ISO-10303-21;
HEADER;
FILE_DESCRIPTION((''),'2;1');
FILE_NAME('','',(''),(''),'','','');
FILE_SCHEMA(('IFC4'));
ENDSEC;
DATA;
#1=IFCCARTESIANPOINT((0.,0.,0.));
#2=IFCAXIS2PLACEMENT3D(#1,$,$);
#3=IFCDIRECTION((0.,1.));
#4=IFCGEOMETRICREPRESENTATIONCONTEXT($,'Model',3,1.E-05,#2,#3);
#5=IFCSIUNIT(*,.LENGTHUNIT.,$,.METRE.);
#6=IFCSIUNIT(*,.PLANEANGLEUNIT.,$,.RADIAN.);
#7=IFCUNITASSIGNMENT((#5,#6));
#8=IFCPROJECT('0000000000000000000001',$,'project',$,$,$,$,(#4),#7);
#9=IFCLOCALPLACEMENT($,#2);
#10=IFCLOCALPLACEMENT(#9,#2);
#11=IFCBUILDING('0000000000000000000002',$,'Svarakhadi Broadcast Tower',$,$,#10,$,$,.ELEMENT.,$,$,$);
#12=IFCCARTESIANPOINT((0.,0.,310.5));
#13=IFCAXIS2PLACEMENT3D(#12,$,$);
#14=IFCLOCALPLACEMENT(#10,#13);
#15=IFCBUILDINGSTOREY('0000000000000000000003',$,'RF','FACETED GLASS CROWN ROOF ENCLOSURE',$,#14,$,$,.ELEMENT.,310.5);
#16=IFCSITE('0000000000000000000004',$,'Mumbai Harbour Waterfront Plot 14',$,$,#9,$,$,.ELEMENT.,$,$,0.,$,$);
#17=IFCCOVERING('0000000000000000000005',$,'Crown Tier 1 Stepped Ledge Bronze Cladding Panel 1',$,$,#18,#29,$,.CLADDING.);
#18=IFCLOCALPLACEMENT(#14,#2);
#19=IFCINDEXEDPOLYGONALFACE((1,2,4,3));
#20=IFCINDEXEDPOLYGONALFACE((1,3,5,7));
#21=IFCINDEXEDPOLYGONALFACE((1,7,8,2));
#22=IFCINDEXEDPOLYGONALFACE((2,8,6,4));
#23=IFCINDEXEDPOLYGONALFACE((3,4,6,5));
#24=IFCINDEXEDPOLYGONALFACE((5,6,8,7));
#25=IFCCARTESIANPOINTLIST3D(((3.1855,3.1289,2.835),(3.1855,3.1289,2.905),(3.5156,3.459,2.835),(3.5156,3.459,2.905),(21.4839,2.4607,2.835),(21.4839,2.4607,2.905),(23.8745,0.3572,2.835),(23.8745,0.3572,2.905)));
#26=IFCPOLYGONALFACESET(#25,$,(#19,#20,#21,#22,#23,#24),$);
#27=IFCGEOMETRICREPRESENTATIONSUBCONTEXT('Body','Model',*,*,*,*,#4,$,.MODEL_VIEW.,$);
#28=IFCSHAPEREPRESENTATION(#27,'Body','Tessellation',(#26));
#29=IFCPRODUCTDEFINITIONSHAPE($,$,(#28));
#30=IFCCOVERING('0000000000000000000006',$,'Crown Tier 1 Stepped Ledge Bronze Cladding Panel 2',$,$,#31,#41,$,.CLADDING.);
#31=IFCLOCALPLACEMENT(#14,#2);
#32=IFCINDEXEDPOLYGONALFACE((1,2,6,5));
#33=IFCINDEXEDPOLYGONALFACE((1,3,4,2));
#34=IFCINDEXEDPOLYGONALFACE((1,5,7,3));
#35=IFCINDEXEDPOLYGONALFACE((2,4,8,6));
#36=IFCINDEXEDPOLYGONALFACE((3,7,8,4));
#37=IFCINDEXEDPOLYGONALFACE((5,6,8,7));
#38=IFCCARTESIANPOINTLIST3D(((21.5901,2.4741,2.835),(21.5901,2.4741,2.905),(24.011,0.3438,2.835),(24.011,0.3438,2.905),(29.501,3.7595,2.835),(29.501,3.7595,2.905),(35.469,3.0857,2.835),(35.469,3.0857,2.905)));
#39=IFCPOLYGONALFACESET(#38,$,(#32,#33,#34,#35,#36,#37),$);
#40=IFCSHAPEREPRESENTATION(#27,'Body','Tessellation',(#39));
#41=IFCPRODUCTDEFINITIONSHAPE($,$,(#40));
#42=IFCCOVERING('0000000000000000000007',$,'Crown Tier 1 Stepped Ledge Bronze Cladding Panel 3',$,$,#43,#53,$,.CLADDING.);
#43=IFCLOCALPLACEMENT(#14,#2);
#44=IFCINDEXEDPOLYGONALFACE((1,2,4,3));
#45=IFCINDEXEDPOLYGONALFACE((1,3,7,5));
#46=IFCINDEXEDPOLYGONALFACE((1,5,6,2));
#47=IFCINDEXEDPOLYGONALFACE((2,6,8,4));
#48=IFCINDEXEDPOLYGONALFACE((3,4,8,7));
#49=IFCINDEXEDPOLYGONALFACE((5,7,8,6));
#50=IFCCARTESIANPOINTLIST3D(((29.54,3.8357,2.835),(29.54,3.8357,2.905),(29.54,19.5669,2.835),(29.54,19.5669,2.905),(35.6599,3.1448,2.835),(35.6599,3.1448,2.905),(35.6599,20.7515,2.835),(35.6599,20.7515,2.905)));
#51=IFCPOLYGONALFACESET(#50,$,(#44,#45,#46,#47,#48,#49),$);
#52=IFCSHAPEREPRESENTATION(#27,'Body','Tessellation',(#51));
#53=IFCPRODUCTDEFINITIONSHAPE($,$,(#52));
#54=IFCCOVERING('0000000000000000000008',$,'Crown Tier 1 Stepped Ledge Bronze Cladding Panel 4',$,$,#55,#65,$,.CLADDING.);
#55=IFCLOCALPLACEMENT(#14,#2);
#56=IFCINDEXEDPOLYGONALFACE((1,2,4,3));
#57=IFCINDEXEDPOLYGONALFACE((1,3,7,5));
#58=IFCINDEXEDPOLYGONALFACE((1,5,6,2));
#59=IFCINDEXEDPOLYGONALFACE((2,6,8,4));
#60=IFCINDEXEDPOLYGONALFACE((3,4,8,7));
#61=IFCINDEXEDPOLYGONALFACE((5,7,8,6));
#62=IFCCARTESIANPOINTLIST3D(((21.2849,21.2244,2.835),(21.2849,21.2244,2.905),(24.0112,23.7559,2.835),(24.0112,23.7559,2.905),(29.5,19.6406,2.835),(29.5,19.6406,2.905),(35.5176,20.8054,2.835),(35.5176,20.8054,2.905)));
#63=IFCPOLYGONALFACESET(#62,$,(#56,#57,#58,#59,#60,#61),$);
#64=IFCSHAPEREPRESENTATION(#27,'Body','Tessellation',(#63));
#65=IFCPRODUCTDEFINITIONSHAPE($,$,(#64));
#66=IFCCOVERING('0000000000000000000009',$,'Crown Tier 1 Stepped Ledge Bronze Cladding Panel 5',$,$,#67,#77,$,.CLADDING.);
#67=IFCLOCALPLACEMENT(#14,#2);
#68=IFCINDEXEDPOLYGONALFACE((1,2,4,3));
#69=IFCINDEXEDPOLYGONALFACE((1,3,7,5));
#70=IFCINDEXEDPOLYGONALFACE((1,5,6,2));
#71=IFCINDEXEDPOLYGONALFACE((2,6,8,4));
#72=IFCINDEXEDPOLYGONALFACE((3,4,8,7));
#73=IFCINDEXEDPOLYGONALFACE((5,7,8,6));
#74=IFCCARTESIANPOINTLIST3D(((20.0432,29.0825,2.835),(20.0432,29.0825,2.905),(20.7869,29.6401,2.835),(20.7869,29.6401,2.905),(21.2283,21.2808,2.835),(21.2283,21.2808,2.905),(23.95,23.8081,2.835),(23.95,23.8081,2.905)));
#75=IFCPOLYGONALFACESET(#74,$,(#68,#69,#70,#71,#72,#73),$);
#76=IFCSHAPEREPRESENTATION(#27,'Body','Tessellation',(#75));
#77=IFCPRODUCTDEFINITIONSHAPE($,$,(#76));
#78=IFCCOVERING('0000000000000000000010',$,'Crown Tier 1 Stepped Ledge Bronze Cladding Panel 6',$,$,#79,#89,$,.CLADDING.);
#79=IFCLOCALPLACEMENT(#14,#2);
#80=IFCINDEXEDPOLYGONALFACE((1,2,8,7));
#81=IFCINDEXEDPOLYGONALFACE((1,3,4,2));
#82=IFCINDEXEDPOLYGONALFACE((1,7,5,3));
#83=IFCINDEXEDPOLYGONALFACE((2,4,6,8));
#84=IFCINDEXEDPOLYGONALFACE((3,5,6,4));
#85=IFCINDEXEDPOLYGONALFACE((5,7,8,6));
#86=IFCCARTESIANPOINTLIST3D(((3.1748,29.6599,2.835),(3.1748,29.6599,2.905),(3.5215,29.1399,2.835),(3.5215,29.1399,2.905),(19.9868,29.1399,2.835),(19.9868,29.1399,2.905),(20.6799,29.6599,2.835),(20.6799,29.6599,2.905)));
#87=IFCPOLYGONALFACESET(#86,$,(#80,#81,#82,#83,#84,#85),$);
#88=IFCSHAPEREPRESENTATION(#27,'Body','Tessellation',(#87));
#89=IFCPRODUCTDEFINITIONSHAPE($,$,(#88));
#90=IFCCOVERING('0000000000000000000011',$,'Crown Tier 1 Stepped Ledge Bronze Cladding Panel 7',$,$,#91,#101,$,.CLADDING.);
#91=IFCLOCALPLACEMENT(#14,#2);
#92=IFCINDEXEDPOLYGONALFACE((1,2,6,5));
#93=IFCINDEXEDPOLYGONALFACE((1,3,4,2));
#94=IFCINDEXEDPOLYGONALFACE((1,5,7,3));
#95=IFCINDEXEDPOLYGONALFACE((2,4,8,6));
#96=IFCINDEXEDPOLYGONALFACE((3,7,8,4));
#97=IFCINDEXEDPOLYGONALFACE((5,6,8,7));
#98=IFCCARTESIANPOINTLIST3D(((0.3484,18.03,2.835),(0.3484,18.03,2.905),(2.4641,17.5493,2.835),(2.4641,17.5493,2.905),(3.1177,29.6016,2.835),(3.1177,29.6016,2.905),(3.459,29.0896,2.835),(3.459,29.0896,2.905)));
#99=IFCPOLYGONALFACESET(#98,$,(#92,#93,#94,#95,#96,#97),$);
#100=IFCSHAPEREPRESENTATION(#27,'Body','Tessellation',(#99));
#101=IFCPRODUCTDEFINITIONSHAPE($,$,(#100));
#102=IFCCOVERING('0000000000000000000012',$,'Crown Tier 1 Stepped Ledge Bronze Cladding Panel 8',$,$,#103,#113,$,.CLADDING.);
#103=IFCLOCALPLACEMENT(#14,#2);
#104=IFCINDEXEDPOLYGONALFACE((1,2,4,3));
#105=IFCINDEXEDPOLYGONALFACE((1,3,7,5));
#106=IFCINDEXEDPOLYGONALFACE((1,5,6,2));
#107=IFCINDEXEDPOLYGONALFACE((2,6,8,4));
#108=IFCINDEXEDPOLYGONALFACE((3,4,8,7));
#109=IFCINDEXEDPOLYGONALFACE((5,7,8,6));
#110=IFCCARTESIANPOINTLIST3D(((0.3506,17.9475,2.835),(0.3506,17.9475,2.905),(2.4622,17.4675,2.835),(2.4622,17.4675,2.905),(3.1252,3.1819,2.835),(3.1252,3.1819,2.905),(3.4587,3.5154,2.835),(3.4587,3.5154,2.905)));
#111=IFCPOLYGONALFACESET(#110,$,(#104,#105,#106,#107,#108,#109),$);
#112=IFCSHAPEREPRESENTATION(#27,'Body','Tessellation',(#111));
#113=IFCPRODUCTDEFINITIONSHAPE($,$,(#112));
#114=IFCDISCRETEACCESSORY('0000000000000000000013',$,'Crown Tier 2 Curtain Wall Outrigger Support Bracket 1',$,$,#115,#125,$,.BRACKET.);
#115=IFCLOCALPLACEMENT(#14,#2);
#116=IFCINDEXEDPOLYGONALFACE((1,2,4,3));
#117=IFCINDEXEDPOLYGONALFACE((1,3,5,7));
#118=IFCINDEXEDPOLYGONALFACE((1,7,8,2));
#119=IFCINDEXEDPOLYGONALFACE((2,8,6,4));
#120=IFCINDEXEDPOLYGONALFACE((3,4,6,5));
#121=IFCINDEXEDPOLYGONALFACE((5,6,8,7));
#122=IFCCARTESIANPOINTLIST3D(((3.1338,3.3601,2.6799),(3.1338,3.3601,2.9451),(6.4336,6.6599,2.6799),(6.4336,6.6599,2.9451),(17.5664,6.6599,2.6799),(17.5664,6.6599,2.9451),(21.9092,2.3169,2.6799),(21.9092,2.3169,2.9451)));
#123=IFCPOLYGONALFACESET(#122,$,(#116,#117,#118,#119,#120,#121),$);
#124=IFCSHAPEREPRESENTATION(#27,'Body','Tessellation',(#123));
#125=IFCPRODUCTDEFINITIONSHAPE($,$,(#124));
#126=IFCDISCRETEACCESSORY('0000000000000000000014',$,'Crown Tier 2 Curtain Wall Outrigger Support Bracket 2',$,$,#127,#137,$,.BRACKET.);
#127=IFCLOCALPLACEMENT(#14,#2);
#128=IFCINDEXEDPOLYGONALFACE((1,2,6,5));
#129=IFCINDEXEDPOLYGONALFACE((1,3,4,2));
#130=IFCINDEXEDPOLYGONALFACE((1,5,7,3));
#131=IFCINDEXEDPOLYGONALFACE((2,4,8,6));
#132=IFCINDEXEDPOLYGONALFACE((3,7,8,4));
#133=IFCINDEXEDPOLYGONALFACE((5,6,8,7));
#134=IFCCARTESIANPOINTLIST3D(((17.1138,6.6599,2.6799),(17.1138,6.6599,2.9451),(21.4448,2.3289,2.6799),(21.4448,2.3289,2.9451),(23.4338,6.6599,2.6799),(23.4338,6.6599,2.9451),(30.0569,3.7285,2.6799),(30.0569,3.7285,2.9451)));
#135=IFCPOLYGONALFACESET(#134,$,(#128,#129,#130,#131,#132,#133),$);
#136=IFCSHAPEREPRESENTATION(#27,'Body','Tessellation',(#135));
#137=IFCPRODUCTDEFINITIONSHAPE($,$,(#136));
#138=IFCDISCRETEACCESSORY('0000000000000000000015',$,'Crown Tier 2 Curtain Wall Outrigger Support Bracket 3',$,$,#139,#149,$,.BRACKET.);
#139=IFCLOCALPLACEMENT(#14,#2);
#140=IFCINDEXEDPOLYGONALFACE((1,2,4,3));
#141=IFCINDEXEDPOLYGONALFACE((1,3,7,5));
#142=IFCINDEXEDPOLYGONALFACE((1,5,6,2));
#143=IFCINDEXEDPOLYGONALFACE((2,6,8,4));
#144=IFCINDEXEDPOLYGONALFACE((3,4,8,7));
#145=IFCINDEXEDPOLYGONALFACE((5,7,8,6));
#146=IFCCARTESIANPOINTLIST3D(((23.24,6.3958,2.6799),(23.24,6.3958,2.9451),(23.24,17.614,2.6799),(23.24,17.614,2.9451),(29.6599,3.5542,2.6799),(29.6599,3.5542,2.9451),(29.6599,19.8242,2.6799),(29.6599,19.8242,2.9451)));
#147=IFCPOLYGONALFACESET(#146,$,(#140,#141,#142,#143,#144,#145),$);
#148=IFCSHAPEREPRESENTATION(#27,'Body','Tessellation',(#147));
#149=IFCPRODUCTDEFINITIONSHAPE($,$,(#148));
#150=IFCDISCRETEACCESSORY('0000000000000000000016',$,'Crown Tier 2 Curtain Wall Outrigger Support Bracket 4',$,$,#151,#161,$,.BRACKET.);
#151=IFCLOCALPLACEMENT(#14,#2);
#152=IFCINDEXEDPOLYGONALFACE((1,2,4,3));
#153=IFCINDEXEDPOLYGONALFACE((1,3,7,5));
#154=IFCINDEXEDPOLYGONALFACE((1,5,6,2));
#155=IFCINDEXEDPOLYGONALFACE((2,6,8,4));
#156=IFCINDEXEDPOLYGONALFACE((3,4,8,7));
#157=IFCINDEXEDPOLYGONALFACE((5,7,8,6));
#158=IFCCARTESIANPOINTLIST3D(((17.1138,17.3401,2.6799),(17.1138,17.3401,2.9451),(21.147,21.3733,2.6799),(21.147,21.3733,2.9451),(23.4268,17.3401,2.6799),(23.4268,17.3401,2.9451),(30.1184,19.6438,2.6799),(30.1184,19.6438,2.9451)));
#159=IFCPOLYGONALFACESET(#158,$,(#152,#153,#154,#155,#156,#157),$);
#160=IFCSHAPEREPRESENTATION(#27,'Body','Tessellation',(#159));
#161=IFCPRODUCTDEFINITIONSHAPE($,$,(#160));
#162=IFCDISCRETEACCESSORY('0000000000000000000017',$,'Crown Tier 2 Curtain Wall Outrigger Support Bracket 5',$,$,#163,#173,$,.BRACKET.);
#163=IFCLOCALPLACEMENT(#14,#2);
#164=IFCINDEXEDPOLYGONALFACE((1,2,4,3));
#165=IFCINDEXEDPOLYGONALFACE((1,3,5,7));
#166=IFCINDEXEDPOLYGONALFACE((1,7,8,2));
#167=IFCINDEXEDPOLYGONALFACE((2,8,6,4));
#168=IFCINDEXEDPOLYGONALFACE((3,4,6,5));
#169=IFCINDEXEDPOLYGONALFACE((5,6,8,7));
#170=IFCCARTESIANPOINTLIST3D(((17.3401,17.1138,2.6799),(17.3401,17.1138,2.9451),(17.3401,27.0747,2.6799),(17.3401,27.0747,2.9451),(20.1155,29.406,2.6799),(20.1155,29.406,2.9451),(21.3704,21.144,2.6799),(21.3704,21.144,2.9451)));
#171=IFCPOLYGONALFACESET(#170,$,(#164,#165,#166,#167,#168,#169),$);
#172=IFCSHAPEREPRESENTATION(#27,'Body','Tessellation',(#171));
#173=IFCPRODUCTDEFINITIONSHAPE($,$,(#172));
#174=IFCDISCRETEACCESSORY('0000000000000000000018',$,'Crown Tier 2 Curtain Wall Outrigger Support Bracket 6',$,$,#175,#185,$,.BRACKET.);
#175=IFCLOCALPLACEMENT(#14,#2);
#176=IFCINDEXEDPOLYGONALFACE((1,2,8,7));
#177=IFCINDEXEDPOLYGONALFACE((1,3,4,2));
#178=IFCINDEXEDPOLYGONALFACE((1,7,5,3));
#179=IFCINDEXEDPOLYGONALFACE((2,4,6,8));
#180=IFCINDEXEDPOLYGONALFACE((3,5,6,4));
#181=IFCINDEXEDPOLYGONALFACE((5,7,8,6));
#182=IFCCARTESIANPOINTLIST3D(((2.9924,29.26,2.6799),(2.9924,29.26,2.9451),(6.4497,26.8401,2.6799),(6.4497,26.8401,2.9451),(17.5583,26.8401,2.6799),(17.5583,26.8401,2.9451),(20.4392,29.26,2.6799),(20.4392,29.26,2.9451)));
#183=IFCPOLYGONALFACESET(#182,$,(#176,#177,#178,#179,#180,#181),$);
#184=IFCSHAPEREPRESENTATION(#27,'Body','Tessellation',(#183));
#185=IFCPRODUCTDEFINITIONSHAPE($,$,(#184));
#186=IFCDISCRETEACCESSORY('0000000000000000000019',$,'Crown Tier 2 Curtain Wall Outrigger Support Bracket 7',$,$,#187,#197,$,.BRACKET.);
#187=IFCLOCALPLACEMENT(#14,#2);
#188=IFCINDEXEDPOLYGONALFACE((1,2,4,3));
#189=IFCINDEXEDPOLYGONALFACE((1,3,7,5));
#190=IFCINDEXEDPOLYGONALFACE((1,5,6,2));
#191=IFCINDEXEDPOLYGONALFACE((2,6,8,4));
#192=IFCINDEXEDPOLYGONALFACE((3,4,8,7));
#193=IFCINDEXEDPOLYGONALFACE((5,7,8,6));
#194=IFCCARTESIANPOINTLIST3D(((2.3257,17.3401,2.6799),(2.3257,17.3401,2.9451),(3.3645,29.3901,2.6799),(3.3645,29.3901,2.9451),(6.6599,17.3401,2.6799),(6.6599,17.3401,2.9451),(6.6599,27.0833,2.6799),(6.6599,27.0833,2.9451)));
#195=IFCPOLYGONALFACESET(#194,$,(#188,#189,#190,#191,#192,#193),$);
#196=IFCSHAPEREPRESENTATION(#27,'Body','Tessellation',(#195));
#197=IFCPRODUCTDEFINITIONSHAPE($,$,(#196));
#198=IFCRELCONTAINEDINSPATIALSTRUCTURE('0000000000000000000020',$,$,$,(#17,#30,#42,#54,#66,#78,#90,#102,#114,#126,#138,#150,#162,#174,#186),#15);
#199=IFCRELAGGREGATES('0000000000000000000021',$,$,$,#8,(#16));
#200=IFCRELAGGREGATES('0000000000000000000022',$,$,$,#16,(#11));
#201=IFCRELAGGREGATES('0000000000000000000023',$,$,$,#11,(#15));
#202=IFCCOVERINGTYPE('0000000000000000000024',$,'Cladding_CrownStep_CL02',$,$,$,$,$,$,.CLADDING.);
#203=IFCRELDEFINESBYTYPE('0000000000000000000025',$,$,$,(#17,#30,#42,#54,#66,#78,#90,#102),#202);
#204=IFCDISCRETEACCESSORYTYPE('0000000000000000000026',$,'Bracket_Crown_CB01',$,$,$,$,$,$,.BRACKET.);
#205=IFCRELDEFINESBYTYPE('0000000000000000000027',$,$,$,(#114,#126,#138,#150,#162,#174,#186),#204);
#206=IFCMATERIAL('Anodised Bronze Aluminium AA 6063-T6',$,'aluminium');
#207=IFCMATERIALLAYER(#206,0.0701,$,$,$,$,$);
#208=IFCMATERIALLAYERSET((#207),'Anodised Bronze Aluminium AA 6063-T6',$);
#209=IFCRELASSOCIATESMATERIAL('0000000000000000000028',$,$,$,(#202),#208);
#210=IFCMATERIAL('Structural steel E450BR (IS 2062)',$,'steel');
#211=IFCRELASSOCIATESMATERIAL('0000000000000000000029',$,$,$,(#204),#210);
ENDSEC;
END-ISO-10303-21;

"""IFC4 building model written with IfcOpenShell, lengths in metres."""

from ifc_helpers import new_model, si_unit, direction, frame, origin, place, context, subcontext, project, spatial, polyline, outline, extrude, material, layer, layer_set, type_object, element, save


model = new_model("IFC4")

# Units and contexts
model_context = context("Model", 3, precision=1e-05, world=origin(), true_north=direction((0.0, 1.0)))
body_context = subcontext(model_context, "Body", "Model", "MODEL_VIEW")
ifc_project = project(units=[si_unit("LENGTHUNIT", "METRE"), si_unit("PLANEANGLEUNIT", "RADIAN")], contexts=[model_context])

# Site, building, storey
site_placement = place(None, origin())
site = spatial("IfcSite", under=ifc_project, at=site_placement, Name="Mumbai Harbour Waterfront Plot 14", CompositionType="ELEMENT", RefElevation=0.0)
building_placement = place(site_placement, origin())
building = spatial("IfcBuilding", under=site, at=building_placement, Name="Svarakhadi Broadcast Tower", CompositionType="ELEMENT")
storey_placement = place(building_placement, frame((0.0, 0.0, 310.5)))
storey = spatial("IfcBuildingStorey", under=building, at=storey_placement, Name="RF", Description="FACETED GLASS CROWN ROOF ENCLOSURE", CompositionType="ELEMENT", Elevation=310.5)

# Shared definitions
ifc_material_1 = material(Name="Anodised Bronze Aluminium AA 6063-T6", Category="aluminium")

# Coverings
ifc_layer_1 = layer(ifc_material_1, 0.0701)
ifc_layer_set_1 = layer_set([ifc_layer_1], Name="Anodised Bronze Aluminium AA 6063-T6")
covering_type = type_object("IfcCoveringType", Name="Cladding_CrownStep_CL02", PredefinedType="CLADDING", material=ifc_layer_set_1)
covering_1_placement = place(storey_placement, frame((0.0, 0.0, 2.835)))
element("IfcCovering", 1, at=covering_1_placement, inside=storey, type_object=covering_type, Name="Crown Tier 1 Stepped Ledge Bronze Cladding Panel 1", PredefinedType="CLADDING", context=body_context, shape_type="SweptSolid", body=[
    extrude(outline(polyline([(3.1855, 3.1289), (3.5156, 3.459), (21.4839, 2.4607), (23.8745, 0.3572), (3.1855, 3.1289)])), origin(), (0.0, 0.0, 1.0), 0.0701),
])
covering_2_placement = place(storey_placement, frame((0.0, 0.0, 2.835)))
element("IfcCovering", 2, at=covering_2_placement, inside=storey, type_object=covering_type, Name="Crown Tier 1 Stepped Ledge Bronze Cladding Panel 2", PredefinedType="CLADDING", context=body_context, shape_type="SweptSolid", body=[
    extrude(outline(polyline([(24.011, 0.3438), (21.5901, 2.4741), (29.501, 3.7595), (35.469, 3.0857), (24.011, 0.3438)])), origin(), (0.0, 0.0, 1.0), 0.0701),
])
covering_3_placement = place(storey_placement, frame((0.0, 0.0, 2.835)))
element("IfcCovering", 3, at=covering_3_placement, inside=storey, type_object=covering_type, Name="Crown Tier 1 Stepped Ledge Bronze Cladding Panel 3", PredefinedType="CLADDING", context=body_context, shape_type="SweptSolid", body=[
    extrude(outline(polyline([(35.6599, 3.1448), (29.54, 3.8357), (29.54, 19.5669), (35.6599, 20.7515), (35.6599, 3.1448)])), origin(), (0.0, 0.0, 1.0), 0.0701),
])
covering_4_placement = place(storey_placement, frame((0.0, 0.0, 2.835)))
element("IfcCovering", 4, at=covering_4_placement, inside=storey, type_object=covering_type, Name="Crown Tier 1 Stepped Ledge Bronze Cladding Panel 4", PredefinedType="CLADDING", context=body_context, shape_type="SweptSolid", body=[
    extrude(outline(polyline([(35.5176, 20.8054), (29.5, 19.6406), (21.2849, 21.2244), (24.0112, 23.7559), (35.5176, 20.8054)])), origin(), (0.0, 0.0, 1.0), 0.0701),
])
covering_5_placement = place(storey_placement, frame((0.0, 0.0, 2.835)))
element("IfcCovering", 5, at=covering_5_placement, inside=storey, type_object=covering_type, Name="Crown Tier 1 Stepped Ledge Bronze Cladding Panel 5", PredefinedType="CLADDING", context=body_context, shape_type="SweptSolid", body=[
    extrude(outline(polyline([(23.95, 23.8081), (21.2283, 21.2808), (20.0432, 29.0825), (20.7869, 29.6401), (23.95, 23.8081)])), origin(), (0.0, 0.0, 1.0), 0.0701),
])
covering_6_placement = place(storey_placement, frame((0.0, 0.0, 2.835)))
element("IfcCovering", 6, at=covering_6_placement, inside=storey, type_object=covering_type, Name="Crown Tier 1 Stepped Ledge Bronze Cladding Panel 6", PredefinedType="CLADDING", context=body_context, shape_type="SweptSolid", body=[
    extrude(outline(polyline([(20.6799, 29.6599), (19.9868, 29.1399), (3.5215, 29.1399), (3.1748, 29.6599), (20.6799, 29.6599)])), origin(), (0.0, 0.0, 1.0), 0.0701),
])
covering_7_placement = place(storey_placement, frame((0.0, 0.0, 2.835)))
element("IfcCovering", 7, at=covering_7_placement, inside=storey, type_object=covering_type, Name="Crown Tier 1 Stepped Ledge Bronze Cladding Panel 7", PredefinedType="CLADDING", context=body_context, shape_type="SweptSolid", body=[
    extrude(outline(polyline([(3.1177, 29.6016), (3.459, 29.0896), (2.4641, 17.5493), (0.3484, 18.03), (3.1177, 29.6016)])), origin(), (0.0, 0.0, 1.0), 0.0701),
])
covering_8_placement = place(storey_placement, frame((0.0, 0.0, 2.835)))
element("IfcCovering", 8, at=covering_8_placement, inside=storey, type_object=covering_type, Name="Crown Tier 1 Stepped Ledge Bronze Cladding Panel 8", PredefinedType="CLADDING", context=body_context, shape_type="SweptSolid", body=[
    extrude(outline(polyline([(0.3506, 17.9475), (2.4622, 17.4675), (3.4587, 3.5154), (3.1252, 3.1819), (0.3506, 17.9475)])), origin(), (0.0, 0.0, 1.0), 0.0701),
])

# Discrete accessories
ifc_material_2 = material(Name="Structural steel E450BR (IS 2062)", Category="steel")
discrete_accessory_type = type_object("IfcDiscreteAccessoryType", Name="Bracket_Crown_CB01", PredefinedType="BRACKET", material=ifc_material_2)
discrete_accessory_1_placement = place(storey_placement, frame((0.0, 0.0, 2.6799)))
element("IfcDiscreteAccessory", 9, at=discrete_accessory_1_placement, inside=storey, type_object=discrete_accessory_type, Name="Crown Tier 2 Curtain Wall Outrigger Support Bracket 1", PredefinedType="BRACKET", context=body_context, shape_type="SweptSolid", body=[
    extrude(outline(polyline([(21.9092, 2.3169), (3.1338, 3.3601), (6.4336, 6.6599), (17.5664, 6.6599), (21.9092, 2.3169)])), origin(), (0.0, 0.0, 1.0), 0.2651),
])
discrete_accessory_2_placement = place(storey_placement, frame((0.0, 0.0, 2.6799)))
element("IfcDiscreteAccessory", 10, at=discrete_accessory_2_placement, inside=storey, type_object=discrete_accessory_type, Name="Crown Tier 2 Curtain Wall Outrigger Support Bracket 2", PredefinedType="BRACKET", context=body_context, shape_type="SweptSolid", body=[
    extrude(outline(polyline([(21.4448, 2.3289), (17.1138, 6.6599), (23.4338, 6.6599), (30.0569, 3.7285), (21.4448, 2.3289)])), origin(), (0.0, 0.0, 1.0), 0.2651),
])
discrete_accessory_3_placement = place(storey_placement, frame((0.0, 0.0, 2.6799)))
element("IfcDiscreteAccessory", 11, at=discrete_accessory_3_placement, inside=storey, type_object=discrete_accessory_type, Name="Crown Tier 2 Curtain Wall Outrigger Support Bracket 3", PredefinedType="BRACKET", context=body_context, shape_type="SweptSolid", body=[
    extrude(outline(polyline([(29.6599, 3.5542), (23.24, 6.3958), (23.24, 17.614), (29.6599, 19.8242), (29.6599, 3.5542)])), origin(), (0.0, 0.0, 1.0), 0.2651),
])
discrete_accessory_4_placement = place(storey_placement, frame((0.0, 0.0, 2.6799)))
element("IfcDiscreteAccessory", 12, at=discrete_accessory_4_placement, inside=storey, type_object=discrete_accessory_type, Name="Crown Tier 2 Curtain Wall Outrigger Support Bracket 4", PredefinedType="BRACKET", context=body_context, shape_type="SweptSolid", body=[
    extrude(outline(polyline([(17.1138, 17.3401), (21.147, 21.3733), (30.1184, 19.6438), (23.4268, 17.3401), (17.1138, 17.3401)])), origin(), (0.0, 0.0, 1.0), 0.2651),
])
discrete_accessory_5_placement = place(storey_placement, frame((0.0, 0.0, 2.6799)))
element("IfcDiscreteAccessory", 13, at=discrete_accessory_5_placement, inside=storey, type_object=discrete_accessory_type, Name="Crown Tier 2 Curtain Wall Outrigger Support Bracket 5", PredefinedType="BRACKET", context=body_context, shape_type="SweptSolid", body=[
    extrude(outline(polyline([(17.3401, 17.1138), (17.3401, 27.0747), (20.1155, 29.406), (21.3704, 21.144), (17.3401, 17.1138)])), origin(), (0.0, 0.0, 1.0), 0.2651),
])
discrete_accessory_6_placement = place(storey_placement, frame((0.0, 0.0, 2.6799)))
element("IfcDiscreteAccessory", 14, at=discrete_accessory_6_placement, inside=storey, type_object=discrete_accessory_type, Name="Crown Tier 2 Curtain Wall Outrigger Support Bracket 6", PredefinedType="BRACKET", context=body_context, shape_type="SweptSolid", body=[
    extrude(outline(polyline([(6.4497, 26.8401), (2.9924, 29.26), (20.4392, 29.26), (17.5583, 26.8401), (6.4497, 26.8401)])), origin(), (0.0, 0.0, 1.0), 0.2651),
])
discrete_accessory_7_placement = place(storey_placement, frame((0.0, 0.0, 2.6799)))
element("IfcDiscreteAccessory", 15, at=discrete_accessory_7_placement, inside=storey, type_object=discrete_accessory_type, Name="Crown Tier 2 Curtain Wall Outrigger Support Bracket 7", PredefinedType="BRACKET", context=body_context, shape_type="SweptSolid", body=[
    extrude(outline(polyline([(2.3257, 17.3401), (3.3645, 29.3901), (6.6599, 27.0833), (6.6599, 17.3401), (2.3257, 17.3401)])), origin(), (0.0, 0.0, 1.0), 0.2651),
])

save(model, "model.ifc")
